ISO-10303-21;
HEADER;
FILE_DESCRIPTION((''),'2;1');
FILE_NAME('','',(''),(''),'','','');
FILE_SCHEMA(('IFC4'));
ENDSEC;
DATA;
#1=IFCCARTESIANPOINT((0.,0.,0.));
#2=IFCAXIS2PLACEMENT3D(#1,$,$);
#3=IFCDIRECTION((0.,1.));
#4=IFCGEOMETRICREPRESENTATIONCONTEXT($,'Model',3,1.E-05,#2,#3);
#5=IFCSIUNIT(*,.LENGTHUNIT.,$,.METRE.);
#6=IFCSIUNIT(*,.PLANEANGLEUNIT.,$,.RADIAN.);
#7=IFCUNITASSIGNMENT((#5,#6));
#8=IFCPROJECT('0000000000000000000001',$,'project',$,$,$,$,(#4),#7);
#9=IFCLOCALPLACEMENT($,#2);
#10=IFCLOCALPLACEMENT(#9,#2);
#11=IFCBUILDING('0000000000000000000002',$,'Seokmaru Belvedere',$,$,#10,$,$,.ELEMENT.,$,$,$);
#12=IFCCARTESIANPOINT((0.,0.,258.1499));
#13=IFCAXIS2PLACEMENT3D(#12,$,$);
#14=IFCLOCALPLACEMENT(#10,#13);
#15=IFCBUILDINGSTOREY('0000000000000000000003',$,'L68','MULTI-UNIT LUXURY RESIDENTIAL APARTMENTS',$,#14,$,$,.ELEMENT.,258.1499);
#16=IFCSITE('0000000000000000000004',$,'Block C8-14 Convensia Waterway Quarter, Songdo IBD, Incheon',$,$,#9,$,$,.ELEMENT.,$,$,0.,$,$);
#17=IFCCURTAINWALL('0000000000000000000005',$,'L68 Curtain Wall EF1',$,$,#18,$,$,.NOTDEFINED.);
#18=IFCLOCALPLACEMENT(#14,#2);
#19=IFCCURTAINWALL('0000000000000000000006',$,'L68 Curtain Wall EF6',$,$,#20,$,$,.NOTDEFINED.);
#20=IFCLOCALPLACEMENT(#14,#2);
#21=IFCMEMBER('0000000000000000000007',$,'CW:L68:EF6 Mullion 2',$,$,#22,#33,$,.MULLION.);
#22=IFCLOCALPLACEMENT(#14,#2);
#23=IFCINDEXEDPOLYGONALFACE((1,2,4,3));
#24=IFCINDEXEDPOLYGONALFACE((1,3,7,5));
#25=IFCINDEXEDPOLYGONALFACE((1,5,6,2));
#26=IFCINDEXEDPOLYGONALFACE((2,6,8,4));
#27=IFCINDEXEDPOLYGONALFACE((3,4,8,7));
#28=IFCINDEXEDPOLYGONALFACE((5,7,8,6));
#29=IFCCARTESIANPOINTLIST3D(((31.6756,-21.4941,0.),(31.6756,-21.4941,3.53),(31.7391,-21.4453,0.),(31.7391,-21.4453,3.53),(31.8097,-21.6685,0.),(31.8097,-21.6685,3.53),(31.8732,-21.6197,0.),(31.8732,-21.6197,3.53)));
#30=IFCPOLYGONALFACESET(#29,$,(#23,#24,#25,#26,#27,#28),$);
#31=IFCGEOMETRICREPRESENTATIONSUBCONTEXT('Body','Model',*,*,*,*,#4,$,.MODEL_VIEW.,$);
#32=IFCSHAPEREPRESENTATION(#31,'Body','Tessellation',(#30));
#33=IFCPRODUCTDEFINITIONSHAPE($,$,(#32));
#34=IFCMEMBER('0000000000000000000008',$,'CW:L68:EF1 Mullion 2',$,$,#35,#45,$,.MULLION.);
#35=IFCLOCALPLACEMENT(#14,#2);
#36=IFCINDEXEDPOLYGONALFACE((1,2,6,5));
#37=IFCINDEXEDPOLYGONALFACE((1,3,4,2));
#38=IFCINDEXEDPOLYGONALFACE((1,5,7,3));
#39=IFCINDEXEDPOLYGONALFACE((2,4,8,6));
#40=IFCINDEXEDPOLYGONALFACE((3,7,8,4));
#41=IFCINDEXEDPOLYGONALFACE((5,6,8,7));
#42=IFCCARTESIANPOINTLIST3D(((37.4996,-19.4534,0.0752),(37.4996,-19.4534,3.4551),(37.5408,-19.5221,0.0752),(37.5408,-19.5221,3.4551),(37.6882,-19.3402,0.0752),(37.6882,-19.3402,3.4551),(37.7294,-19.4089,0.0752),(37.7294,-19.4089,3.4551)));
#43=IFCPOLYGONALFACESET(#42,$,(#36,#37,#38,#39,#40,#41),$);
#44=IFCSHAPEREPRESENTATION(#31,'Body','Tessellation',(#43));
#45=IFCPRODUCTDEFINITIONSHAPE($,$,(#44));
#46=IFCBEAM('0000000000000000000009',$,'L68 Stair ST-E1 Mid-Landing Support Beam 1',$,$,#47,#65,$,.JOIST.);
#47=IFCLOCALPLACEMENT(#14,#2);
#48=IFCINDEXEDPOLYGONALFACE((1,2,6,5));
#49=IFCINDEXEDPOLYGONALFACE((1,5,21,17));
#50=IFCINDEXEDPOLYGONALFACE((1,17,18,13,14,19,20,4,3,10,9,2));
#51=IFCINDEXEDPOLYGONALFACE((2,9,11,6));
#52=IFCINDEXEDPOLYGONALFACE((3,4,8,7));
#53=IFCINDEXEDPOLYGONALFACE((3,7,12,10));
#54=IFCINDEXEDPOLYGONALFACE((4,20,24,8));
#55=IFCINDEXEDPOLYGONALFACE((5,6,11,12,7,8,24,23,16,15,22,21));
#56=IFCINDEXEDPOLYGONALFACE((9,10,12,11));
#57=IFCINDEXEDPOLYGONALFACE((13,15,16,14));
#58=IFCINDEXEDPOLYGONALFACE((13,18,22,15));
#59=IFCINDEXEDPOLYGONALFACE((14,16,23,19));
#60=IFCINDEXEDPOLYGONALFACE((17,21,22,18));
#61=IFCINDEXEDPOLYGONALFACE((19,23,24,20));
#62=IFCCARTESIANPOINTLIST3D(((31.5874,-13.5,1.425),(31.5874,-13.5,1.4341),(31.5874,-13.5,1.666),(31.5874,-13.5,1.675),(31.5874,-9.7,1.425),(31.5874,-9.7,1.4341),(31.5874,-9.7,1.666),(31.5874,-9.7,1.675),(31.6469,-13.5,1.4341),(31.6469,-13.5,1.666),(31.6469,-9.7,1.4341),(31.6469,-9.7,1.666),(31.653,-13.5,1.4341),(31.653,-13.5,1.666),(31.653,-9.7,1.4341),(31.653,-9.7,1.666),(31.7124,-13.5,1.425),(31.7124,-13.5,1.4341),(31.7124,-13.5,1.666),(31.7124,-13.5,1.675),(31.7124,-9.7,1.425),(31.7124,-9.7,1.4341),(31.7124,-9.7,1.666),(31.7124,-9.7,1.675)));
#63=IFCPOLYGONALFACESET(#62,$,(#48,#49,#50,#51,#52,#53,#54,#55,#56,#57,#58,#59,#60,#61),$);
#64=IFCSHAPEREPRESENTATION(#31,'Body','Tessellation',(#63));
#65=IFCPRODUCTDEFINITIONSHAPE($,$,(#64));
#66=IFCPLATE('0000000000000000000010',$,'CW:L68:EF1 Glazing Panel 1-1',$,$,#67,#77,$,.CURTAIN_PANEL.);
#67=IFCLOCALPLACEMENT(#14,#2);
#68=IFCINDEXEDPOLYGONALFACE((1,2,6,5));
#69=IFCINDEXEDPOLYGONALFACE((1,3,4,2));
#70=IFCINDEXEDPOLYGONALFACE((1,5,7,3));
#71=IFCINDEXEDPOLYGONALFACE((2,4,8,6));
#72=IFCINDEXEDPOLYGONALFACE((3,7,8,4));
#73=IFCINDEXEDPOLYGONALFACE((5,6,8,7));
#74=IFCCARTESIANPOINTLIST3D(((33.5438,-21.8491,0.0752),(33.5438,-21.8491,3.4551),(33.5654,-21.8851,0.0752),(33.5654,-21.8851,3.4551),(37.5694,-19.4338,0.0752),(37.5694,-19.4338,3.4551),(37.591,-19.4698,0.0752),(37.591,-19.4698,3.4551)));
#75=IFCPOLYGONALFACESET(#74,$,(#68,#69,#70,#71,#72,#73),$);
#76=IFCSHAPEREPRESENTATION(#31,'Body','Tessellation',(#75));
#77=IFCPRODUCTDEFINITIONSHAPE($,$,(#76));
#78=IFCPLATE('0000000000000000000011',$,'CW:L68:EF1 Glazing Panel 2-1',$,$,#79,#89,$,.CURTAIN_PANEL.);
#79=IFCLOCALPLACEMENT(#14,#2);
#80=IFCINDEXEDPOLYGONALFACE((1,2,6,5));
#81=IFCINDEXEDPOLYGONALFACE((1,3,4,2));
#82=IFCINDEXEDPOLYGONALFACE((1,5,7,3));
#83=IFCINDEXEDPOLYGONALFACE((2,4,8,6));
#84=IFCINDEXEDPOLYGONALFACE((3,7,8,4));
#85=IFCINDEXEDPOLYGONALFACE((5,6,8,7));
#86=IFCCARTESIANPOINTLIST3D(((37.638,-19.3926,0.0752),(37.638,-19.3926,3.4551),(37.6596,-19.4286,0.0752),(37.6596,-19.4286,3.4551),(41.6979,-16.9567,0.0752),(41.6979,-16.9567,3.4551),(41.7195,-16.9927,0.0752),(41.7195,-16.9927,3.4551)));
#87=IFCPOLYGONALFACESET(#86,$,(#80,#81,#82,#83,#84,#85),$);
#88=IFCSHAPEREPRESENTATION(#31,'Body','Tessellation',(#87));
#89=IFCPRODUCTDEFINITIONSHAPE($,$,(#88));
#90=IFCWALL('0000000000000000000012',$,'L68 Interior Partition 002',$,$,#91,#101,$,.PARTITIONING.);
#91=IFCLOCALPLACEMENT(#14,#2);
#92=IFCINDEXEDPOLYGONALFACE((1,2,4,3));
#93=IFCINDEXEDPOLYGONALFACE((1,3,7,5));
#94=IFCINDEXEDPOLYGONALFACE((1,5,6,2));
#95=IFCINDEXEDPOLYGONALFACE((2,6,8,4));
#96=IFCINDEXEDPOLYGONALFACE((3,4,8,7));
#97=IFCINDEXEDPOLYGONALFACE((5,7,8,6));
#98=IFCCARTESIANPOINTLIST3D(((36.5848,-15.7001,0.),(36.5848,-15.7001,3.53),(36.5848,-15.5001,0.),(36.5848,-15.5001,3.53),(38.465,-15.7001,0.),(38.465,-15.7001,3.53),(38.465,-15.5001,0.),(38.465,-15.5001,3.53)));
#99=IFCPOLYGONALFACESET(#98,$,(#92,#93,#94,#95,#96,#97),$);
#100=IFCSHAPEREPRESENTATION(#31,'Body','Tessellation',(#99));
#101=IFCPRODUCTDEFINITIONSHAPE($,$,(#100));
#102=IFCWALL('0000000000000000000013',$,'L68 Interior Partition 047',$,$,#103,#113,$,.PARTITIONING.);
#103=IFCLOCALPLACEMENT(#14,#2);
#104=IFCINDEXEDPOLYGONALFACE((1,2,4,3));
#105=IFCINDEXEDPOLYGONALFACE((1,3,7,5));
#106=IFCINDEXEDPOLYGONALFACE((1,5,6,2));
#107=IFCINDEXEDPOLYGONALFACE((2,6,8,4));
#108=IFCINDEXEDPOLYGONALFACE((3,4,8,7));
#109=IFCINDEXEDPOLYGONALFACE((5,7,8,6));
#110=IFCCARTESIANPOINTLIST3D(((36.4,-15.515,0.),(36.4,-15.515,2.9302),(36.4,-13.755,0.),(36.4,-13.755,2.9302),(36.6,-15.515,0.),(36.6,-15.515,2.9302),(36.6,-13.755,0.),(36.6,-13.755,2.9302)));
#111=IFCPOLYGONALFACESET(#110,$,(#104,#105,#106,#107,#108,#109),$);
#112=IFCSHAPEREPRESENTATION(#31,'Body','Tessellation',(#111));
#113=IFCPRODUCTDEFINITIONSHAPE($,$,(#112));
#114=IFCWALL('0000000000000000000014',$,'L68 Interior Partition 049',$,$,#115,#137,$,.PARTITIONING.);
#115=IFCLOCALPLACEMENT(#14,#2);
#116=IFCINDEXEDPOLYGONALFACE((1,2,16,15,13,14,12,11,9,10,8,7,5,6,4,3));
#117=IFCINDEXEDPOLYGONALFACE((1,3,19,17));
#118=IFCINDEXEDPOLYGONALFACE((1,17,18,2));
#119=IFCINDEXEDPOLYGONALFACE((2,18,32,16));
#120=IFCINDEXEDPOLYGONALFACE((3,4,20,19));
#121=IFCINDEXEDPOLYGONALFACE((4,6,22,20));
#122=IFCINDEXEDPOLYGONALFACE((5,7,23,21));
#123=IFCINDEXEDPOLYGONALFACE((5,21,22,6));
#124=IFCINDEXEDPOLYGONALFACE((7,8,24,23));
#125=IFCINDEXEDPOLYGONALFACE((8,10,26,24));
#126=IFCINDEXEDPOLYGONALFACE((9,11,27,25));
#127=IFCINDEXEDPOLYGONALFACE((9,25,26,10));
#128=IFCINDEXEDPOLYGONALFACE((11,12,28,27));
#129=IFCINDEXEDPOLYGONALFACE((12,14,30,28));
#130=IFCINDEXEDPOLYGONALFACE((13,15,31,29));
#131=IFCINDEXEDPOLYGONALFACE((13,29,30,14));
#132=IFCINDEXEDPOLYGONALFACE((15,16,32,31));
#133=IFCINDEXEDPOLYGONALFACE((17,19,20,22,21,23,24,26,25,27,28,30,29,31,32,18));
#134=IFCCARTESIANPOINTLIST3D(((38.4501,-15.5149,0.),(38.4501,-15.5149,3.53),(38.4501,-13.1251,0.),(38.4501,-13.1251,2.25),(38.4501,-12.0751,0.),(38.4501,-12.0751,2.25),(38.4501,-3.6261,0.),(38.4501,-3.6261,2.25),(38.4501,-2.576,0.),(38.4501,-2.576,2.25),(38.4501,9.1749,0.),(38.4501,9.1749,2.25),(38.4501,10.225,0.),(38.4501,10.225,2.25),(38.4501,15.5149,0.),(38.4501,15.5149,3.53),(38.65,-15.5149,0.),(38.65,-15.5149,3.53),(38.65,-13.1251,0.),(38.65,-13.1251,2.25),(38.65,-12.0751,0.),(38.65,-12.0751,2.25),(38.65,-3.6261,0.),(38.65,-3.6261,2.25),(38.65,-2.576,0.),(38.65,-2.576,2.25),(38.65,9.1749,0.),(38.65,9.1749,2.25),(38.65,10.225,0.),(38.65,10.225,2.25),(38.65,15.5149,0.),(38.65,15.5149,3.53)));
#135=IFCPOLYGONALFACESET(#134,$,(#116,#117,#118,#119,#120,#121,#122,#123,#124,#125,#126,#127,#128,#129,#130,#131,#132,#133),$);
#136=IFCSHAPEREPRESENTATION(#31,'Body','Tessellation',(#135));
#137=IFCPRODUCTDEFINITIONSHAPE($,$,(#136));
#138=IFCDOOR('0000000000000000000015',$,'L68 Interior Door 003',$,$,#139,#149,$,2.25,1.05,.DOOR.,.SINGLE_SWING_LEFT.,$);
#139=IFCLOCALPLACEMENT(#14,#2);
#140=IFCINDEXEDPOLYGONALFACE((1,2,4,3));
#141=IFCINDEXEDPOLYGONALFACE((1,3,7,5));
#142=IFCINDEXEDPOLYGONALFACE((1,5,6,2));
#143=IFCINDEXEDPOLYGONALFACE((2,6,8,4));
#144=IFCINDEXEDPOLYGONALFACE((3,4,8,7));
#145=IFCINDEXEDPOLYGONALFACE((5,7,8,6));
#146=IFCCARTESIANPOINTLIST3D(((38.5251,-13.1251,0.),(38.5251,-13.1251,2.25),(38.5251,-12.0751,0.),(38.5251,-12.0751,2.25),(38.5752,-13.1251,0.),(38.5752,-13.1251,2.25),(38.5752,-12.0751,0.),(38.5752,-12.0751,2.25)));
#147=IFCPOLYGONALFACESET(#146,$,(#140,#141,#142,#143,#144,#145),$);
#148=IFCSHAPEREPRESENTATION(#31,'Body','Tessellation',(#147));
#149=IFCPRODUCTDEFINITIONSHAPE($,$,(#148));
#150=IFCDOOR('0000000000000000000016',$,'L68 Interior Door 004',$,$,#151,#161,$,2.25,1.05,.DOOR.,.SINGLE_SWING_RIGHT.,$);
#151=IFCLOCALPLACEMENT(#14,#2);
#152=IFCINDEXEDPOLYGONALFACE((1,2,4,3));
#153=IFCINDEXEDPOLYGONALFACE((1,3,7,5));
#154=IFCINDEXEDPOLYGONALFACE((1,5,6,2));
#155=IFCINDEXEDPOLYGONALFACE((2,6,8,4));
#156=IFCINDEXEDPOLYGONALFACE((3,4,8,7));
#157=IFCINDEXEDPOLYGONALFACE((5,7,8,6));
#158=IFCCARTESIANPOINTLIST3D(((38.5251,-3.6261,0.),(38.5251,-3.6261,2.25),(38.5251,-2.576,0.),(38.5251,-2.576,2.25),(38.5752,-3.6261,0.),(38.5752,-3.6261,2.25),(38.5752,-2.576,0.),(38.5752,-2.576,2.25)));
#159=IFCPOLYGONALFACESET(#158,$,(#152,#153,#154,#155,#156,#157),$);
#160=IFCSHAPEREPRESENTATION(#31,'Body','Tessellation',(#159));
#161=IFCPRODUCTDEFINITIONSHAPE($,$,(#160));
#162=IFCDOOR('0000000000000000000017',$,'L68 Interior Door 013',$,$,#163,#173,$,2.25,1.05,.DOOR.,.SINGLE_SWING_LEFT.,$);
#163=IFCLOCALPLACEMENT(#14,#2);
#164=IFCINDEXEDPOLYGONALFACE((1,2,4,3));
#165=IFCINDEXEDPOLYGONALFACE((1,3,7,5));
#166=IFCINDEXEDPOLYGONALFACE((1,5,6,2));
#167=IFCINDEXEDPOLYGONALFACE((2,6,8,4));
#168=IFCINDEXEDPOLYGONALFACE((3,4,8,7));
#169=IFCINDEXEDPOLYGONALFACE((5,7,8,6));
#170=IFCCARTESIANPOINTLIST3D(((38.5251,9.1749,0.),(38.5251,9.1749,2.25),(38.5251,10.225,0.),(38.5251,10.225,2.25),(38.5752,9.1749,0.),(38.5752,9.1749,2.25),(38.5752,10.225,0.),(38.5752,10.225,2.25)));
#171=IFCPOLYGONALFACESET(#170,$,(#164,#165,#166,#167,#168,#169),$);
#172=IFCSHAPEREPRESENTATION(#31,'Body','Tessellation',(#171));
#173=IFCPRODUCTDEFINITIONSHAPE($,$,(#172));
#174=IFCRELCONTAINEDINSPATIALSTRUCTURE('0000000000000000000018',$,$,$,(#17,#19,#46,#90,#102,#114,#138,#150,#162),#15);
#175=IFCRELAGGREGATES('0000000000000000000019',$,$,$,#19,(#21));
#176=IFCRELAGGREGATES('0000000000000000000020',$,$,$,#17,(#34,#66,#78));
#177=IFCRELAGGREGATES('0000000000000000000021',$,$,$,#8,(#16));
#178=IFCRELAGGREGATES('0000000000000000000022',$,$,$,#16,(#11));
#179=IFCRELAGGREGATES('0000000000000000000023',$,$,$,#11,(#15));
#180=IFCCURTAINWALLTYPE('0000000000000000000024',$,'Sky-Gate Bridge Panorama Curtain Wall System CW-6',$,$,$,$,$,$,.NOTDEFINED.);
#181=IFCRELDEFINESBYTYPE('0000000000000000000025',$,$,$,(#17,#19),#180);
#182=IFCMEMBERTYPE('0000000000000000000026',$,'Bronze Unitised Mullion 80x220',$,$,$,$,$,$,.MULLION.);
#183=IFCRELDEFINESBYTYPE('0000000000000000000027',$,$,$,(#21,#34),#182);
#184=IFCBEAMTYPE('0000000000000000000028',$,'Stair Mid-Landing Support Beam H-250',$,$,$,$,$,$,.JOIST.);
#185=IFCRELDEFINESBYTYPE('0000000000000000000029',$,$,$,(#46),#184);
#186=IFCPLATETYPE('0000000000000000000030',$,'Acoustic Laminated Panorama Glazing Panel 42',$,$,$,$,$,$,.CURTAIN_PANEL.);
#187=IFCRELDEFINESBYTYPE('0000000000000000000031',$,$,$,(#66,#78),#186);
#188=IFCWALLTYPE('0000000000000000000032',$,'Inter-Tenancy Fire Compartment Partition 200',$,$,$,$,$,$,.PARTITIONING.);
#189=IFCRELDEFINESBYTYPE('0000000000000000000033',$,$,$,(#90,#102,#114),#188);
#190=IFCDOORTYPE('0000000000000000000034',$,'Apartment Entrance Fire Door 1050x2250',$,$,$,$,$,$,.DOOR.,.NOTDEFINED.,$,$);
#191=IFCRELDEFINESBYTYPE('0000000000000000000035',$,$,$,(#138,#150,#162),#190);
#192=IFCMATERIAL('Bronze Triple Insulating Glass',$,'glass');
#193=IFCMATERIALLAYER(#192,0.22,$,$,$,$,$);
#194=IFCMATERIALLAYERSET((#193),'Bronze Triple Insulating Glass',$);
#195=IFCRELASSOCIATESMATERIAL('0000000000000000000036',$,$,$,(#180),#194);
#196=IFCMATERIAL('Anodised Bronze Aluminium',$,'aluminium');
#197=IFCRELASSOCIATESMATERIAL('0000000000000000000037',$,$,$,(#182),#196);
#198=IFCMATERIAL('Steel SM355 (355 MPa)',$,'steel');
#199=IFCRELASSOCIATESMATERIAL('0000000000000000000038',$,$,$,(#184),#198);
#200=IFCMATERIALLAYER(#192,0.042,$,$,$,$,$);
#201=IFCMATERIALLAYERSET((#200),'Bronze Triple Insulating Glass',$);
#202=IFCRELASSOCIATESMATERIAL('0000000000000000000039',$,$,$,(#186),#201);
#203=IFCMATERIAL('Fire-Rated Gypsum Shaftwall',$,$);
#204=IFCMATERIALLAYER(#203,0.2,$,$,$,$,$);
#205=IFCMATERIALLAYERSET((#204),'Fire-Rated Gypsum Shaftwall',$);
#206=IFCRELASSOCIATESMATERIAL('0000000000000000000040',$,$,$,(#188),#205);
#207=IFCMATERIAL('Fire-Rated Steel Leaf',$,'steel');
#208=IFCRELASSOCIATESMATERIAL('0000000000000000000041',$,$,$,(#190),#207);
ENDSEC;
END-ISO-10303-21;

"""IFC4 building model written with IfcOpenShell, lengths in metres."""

from ifc_helpers import new_model, si_unit, direction, frame, frame_2d, origin, origin_2d, place, context, subcontext, project, spatial, rectangle, i_section, extrude, source, transform, mapped, material, layer, layer_set, material_profile, profile_set, type_object, type_shapes, element, fill, aggregate, save


model = new_model("IFC4")

# Units and contexts
model_context = context("Model", 3, precision=1e-05, world=origin(), true_north=direction((0.0, 1.0)))
body_context = subcontext(model_context, "Body", "Model", "MODEL_VIEW")
ifc_project = project(units=[si_unit("LENGTHUNIT", "METRE"), si_unit("PLANEANGLEUNIT", "RADIAN")], contexts=[model_context])

# Site, building, storey
site_placement = place(None, origin())
site = spatial("IfcSite", under=ifc_project, at=site_placement, Name="Block C8-14 Convensia Waterway Quarter, Songdo IBD, Incheon", CompositionType="ELEMENT", RefElevation=0.0)
building_placement = place(site_placement, origin())
building = spatial("IfcBuilding", under=site, at=building_placement, Name="Seokmaru Belvedere", CompositionType="ELEMENT")
storey_placement = place(building_placement, frame((0.0, 0.0, 258.1499)))
storey = spatial("IfcBuildingStorey", under=building, at=storey_placement, Name="L68", Description="MULTI-UNIT LUXURY RESIDENTIAL APARTMENTS", CompositionType="ELEMENT", Elevation=258.1499)

# Shared definitions
ifc_material_1 = material(Name="Steel SM355 (355 MPa)", Category="steel")

# Curtain wall
ifc_material_2 = material(Name="Bronze Triple Insulating Glass", Category="glass")
ifc_layer_1 = layer(ifc_material_2, 0.22)
ifc_layer_set_1 = layer_set([ifc_layer_1], Name="Bronze Triple Insulating Glass")
curtain_wall_type = type_object("IfcCurtainWallType", Name="Sky-Gate Bridge Panorama Curtain Wall System CW-6", PredefinedType="NOTDEFINED", material=ifc_layer_set_1)
curtain_wall_1_placement = place(storey_placement, origin())
curtain_wall_1 = element("IfcCurtainWall", 1, at=curtain_wall_1_placement, inside=storey, type_object=curtain_wall_type, Name="L68 Curtain Wall EF1", PredefinedType="NOTDEFINED")
ifc_material_3 = material(Name="Anodised Bronze Aluminium", Category="aluminium")
ifc_material_profile_1 = material_profile(ifc_material_3, rectangle(XDim=0.0801, YDim=0.22, at=origin_2d()), Name="CW-M-80x220")
ifc_profile_set_1 = profile_set([ifc_material_profile_1], Name="Anodised Bronze Aluminium")
member_type_1 = type_object("IfcMemberType", Name="Bronze Unitised Mullion 80x220", PredefinedType="MULLION", material=ifc_profile_set_1)
shared_shape_1 = source(origin(), body_context, "Body", "SweptSolid", [
    extrude(rectangle(XDim=0.0801, YDim=0.22, at=origin_2d()), origin(), (0.0, 0.0, 1.0), 3.53),
])

# Curtain wall, member
curtain_wall_2_placement = place(storey_placement, origin())
curtain_wall_2 = element("IfcCurtainWall", 2, at=curtain_wall_2_placement, inside=storey, type_object=curtain_wall_type, Name="L68 Curtain Wall EF6", PredefinedType="NOTDEFINED")
member_1_placement = place(storey_placement, frame((31.7744, -21.5569, 0.0), z_axis=(0.0, 0.0, 1.0), x_axis=(0.792631, 0.609701, 0.0)))
member_1 = element("IfcMember", 3, at=member_1_placement, type_object=member_type_1, Name="CW:L68:EF6 Mullion 2", PredefinedType="MULLION", context=body_context, shape_type="MappedRepresentation", body=[
    mapped(shared_shape_1, transform((0.0, 0.0, 0.0), scale=1.0)),
])
aggregate(curtain_wall_2, [member_1])

# Member
shared_shape_2 = source(origin(), body_context, "Body", "SweptSolid", [
    extrude(rectangle(XDim=0.0801, YDim=0.22, at=origin_2d()), origin(), (0.0, 0.0, 1.0), 3.3799),
])
type_shapes(member_type_1, [shared_shape_1, shared_shape_2])
member_2_placement = place(storey_placement, frame((37.6145, -19.4312, 0.0752), z_axis=(0.0, 0.0, 1.0), x_axis=(-0.514495, 0.857493, 0.0)))
member_2 = element("IfcMember", 4, at=member_2_placement, type_object=member_type_1, Name="CW:L68:EF1 Mullion 2", PredefinedType="MULLION", context=body_context, shape_type="MappedRepresentation", body=[
    mapped(shared_shape_2, transform((0.0, 0.0, 0.0), scale=1.0)),
])

# Beam
ifc_material_profile_2 = material_profile(ifc_material_1, i_section(OverallWidth=0.125, OverallDepth=0.25, WebThickness=0.0061, FlangeThickness=0.009, at=origin_2d()), Name="H-250x125x6x9")
ifc_profile_set_2 = profile_set([ifc_material_profile_2], Name="Steel SM355 (355 MPa)")
beam_type_1 = type_object("IfcBeamType", Name="Stair Mid-Landing Support Beam H-250", PredefinedType="JOIST", material=ifc_profile_set_2)
shared_shape_3 = source(origin(), body_context, "Body", "SweptSolid", [
    extrude(i_section(OverallWidth=0.125, OverallDepth=0.25, WebThickness=0.0061, FlangeThickness=0.009, at=origin_2d()), origin(), (0.0, 0.0, 1.0), 3.8),
])
type_shapes(beam_type_1, [shared_shape_3])
beam_1_placement = place(storey_placement, frame((31.6499, -13.5, 1.55), z_axis=(0.0, 1.0, 0.0), x_axis=(-1.0, 0.0, 0.0)))
element("IfcBeam", 5, at=beam_1_placement, inside=storey, type_object=beam_type_1, Name="L68 Stair ST-E1 Mid-Landing Support Beam 1", PredefinedType="JOIST", context=body_context, shape_type="MappedRepresentation", body=[
    mapped(shared_shape_3, transform((0.0, 0.0, 0.0), scale=1.0)),
])

# Plates
ifc_layer_2 = layer(ifc_material_2, 0.042)
ifc_layer_set_2 = layer_set([ifc_layer_2], Name="Bronze Triple Insulating Glass")
plate_type = type_object("IfcPlateType", Name="Acoustic Laminated Panorama Glazing Panel 42", PredefinedType="CURTAIN_PANEL", material=ifc_layer_set_2)
shared_shape_4 = source(origin(), body_context, "Body", "SweptSolid", [
    extrude(rectangle(XDim=4.6946, YDim=0.042, at=origin_2d()), origin(), (0.0, 0.0, 1.0), 3.3799),
])
plate_1_placement = place(storey_placement, frame((35.5674, -20.6594, 0.0752), z_axis=(0.0, 0.0, 1.0), x_axis=(0.857493, 0.514495, 0.0)))
plate_1 = element("IfcPlate", 6, at=plate_1_placement, type_object=plate_type, Name="CW:L68:EF1 Glazing Panel 1-1", PredefinedType="CURTAIN_PANEL", context=body_context, shape_type="MappedRepresentation", body=[
    mapped(shared_shape_4, transform((0.0, 0.0, 0.0), scale=1.0)),
])
shared_shape_5 = source(origin(), body_context, "Body", "SweptSolid", [
    extrude(rectangle(XDim=4.7346, YDim=0.042, at=origin_2d()), origin(), (0.0, 0.0, 1.0), 3.3799),
])
type_shapes(plate_type, [shared_shape_4, shared_shape_5])
plate_2_placement = place(storey_placement, frame((39.6787, -18.1926, 0.0752), z_axis=(0.0, 0.0, 1.0), x_axis=(0.857493, 0.514495, 0.0)))
plate_2 = element("IfcPlate", 7, at=plate_2_placement, type_object=plate_type, Name="CW:L68:EF1 Glazing Panel 2-1", PredefinedType="CURTAIN_PANEL", context=body_context, shape_type="MappedRepresentation", body=[
    mapped(shared_shape_5, transform((0.0, 0.0, 0.0), scale=1.0)),
])
aggregate(curtain_wall_1, [member_2, plate_1, plate_2])

# Walls
ifc_material_4 = material(Name="Fire-Rated Gypsum Shaftwall")
ifc_layer_3 = layer(ifc_material_4, 0.2)
ifc_layer_set_3 = layer_set([ifc_layer_3], Name="Fire-Rated Gypsum Shaftwall")
wall_type_1 = type_object("IfcWallType", Name="Inter-Tenancy Fire Compartment Partition 200", PredefinedType="PARTITIONING", material=ifc_layer_set_3)
wall_1_placement = place(storey_placement, frame((36.585, -15.6001, 0.0), z_axis=(0.0, 0.0, 1.0), x_axis=(1.0, 0.0, 0.0)))
element("IfcWall", 8, at=wall_1_placement, inside=storey, type_object=wall_type_1, Name="L68 Interior Partition 002", PredefinedType="PARTITIONING", context=body_context, shape_type="SweptSolid", body=[
    extrude(rectangle(XDim=1.8801, YDim=0.2, at=frame_2d((0.9399, 0.0))), origin(), (0.0, 0.0, 1.0), 3.53),
])
wall_2_placement = place(storey_placement, frame((36.5, -15.5149, 0.0), z_axis=(0.0, 0.0, 1.0), x_axis=(0.0, 1.0, 0.0)))
element("IfcWall", 9, at=wall_2_placement, inside=storey, type_object=wall_type_1, Name="L68 Interior Partition 047", PredefinedType="PARTITIONING", context=body_context, shape_type="SweptSolid", body=[
    extrude(rectangle(XDim=1.76, YDim=0.2, at=frame_2d((0.8799, 0.0))), origin(), (0.0, 0.0, 1.0), 2.9302),
])

# Wall, openings, doors
wall_3_placement = place(storey_placement, frame((38.55, -15.5149, 0.0), z_axis=(0.0, 0.0, 1.0), x_axis=(0.0, 1.0, 0.0)))
wall_3 = element("IfcWall", 10, at=wall_3_placement, inside=storey, type_object=wall_type_1, Name="L68 Interior Partition 049", PredefinedType="PARTITIONING", context=body_context, shape_type="SweptSolid", body=[
    extrude(rectangle(XDim=31.0298, YDim=0.2, at=frame_2d((15.5149, 0.0))), origin(), (0.0, 0.0, 1.0), 3.53),
])
opening_1_placement = place(wall_3_placement, frame((2.3899, 0.0, 0.0)))
opening_1 = element("IfcOpeningElement", 11, at=opening_1_placement, cuts=wall_3, PredefinedType="OPENING", context=body_context, shape_type="SweptSolid", body=[
    extrude(rectangle(XDim=1.05, YDim=2.25, at=frame_2d((0.5249, 1.125))), frame((0.0, 0.1099, 0.0), z_axis=(0.0, -1.0, 0.0), x_axis=(1.0, 0.0, 0.0)), (0.0, 0.0, 1.0), 0.22),
])
opening_2_placement = place(wall_3_placement, frame((11.8889, 0.0, 0.0)))
opening_2 = element("IfcOpeningElement", 12, at=opening_2_placement, cuts=wall_3, PredefinedType="OPENING", context=body_context, shape_type="SweptSolid", body=[
    extrude(rectangle(XDim=1.05, YDim=2.25, at=frame_2d((0.5249, 1.125))), frame((0.0, 0.1099, 0.0), z_axis=(0.0, -1.0, 0.0), x_axis=(1.0, 0.0, 0.0)), (0.0, 0.0, 1.0), 0.22),
])
opening_3_placement = place(wall_3_placement, frame((24.6899, 0.0, 0.0)))
opening_3 = element("IfcOpeningElement", 13, at=opening_3_placement, cuts=wall_3, PredefinedType="OPENING", context=body_context, shape_type="SweptSolid", body=[
    extrude(rectangle(XDim=1.05, YDim=2.25, at=frame_2d((0.5249, 1.125))), frame((0.0, 0.1099, 0.0), z_axis=(0.0, -1.0, 0.0), x_axis=(1.0, 0.0, 0.0)), (0.0, 0.0, 1.0), 0.22),
])
ifc_material_5 = material(Name="Fire-Rated Steel Leaf", Category="steel")
door_type_1 = type_object("IfcDoorType", Name="Apartment Entrance Fire Door 1050x2250", OperationType="NOTDEFINED", PredefinedType="DOOR", material=ifc_material_5)
shared_shape_6 = source(origin(), body_context, "Body", "SweptSolid", [
    extrude(rectangle(XDim=1.05, YDim=2.25, at=frame_2d((0.5249, 1.125))), frame((0.0, 0.0249, 0.0), z_axis=(0.0, -1.0, 0.0), x_axis=(1.0, 0.0, 0.0)), (0.0, 0.0, 1.0), 0.05),
])
type_shapes(door_type_1, [shared_shape_6])
door_1_placement = place(opening_1_placement, origin())
door_1 = element("IfcDoor", 14, at=door_1_placement, inside=storey, type_object=door_type_1, Name="L68 Interior Door 003", OperationType="SINGLE_SWING_LEFT", OverallHeight=2.25, OverallWidth=1.05, PredefinedType="DOOR", context=body_context, shape_type="MappedRepresentation", body=[
    mapped(shared_shape_6, transform((0.0, 0.0, 0.0), scale=1.0)),
])
fill(opening_1, door_1)
door_2_placement = place(opening_2_placement, origin())
door_2 = element("IfcDoor", 15, at=door_2_placement, inside=storey, type_object=door_type_1, Name="L68 Interior Door 004", OperationType="SINGLE_SWING_RIGHT", OverallHeight=2.25, OverallWidth=1.05, PredefinedType="DOOR", context=body_context, shape_type="MappedRepresentation", body=[
    mapped(shared_shape_6, transform((0.0, 0.0, 0.0), scale=1.0)),
])
fill(opening_2, door_2)
door_3_placement = place(opening_3_placement, origin())
door_3 = element("IfcDoor", 16, at=door_3_placement, inside=storey, type_object=door_type_1, Name="L68 Interior Door 013", OperationType="SINGLE_SWING_LEFT", OverallHeight=2.25, OverallWidth=1.05, PredefinedType="DOOR", context=body_context, shape_type="MappedRepresentation", body=[
    mapped(shared_shape_6, transform((0.0, 0.0, 0.0), scale=1.0)),
])
fill(opening_3, door_3)

save(model, "model.ifc")
